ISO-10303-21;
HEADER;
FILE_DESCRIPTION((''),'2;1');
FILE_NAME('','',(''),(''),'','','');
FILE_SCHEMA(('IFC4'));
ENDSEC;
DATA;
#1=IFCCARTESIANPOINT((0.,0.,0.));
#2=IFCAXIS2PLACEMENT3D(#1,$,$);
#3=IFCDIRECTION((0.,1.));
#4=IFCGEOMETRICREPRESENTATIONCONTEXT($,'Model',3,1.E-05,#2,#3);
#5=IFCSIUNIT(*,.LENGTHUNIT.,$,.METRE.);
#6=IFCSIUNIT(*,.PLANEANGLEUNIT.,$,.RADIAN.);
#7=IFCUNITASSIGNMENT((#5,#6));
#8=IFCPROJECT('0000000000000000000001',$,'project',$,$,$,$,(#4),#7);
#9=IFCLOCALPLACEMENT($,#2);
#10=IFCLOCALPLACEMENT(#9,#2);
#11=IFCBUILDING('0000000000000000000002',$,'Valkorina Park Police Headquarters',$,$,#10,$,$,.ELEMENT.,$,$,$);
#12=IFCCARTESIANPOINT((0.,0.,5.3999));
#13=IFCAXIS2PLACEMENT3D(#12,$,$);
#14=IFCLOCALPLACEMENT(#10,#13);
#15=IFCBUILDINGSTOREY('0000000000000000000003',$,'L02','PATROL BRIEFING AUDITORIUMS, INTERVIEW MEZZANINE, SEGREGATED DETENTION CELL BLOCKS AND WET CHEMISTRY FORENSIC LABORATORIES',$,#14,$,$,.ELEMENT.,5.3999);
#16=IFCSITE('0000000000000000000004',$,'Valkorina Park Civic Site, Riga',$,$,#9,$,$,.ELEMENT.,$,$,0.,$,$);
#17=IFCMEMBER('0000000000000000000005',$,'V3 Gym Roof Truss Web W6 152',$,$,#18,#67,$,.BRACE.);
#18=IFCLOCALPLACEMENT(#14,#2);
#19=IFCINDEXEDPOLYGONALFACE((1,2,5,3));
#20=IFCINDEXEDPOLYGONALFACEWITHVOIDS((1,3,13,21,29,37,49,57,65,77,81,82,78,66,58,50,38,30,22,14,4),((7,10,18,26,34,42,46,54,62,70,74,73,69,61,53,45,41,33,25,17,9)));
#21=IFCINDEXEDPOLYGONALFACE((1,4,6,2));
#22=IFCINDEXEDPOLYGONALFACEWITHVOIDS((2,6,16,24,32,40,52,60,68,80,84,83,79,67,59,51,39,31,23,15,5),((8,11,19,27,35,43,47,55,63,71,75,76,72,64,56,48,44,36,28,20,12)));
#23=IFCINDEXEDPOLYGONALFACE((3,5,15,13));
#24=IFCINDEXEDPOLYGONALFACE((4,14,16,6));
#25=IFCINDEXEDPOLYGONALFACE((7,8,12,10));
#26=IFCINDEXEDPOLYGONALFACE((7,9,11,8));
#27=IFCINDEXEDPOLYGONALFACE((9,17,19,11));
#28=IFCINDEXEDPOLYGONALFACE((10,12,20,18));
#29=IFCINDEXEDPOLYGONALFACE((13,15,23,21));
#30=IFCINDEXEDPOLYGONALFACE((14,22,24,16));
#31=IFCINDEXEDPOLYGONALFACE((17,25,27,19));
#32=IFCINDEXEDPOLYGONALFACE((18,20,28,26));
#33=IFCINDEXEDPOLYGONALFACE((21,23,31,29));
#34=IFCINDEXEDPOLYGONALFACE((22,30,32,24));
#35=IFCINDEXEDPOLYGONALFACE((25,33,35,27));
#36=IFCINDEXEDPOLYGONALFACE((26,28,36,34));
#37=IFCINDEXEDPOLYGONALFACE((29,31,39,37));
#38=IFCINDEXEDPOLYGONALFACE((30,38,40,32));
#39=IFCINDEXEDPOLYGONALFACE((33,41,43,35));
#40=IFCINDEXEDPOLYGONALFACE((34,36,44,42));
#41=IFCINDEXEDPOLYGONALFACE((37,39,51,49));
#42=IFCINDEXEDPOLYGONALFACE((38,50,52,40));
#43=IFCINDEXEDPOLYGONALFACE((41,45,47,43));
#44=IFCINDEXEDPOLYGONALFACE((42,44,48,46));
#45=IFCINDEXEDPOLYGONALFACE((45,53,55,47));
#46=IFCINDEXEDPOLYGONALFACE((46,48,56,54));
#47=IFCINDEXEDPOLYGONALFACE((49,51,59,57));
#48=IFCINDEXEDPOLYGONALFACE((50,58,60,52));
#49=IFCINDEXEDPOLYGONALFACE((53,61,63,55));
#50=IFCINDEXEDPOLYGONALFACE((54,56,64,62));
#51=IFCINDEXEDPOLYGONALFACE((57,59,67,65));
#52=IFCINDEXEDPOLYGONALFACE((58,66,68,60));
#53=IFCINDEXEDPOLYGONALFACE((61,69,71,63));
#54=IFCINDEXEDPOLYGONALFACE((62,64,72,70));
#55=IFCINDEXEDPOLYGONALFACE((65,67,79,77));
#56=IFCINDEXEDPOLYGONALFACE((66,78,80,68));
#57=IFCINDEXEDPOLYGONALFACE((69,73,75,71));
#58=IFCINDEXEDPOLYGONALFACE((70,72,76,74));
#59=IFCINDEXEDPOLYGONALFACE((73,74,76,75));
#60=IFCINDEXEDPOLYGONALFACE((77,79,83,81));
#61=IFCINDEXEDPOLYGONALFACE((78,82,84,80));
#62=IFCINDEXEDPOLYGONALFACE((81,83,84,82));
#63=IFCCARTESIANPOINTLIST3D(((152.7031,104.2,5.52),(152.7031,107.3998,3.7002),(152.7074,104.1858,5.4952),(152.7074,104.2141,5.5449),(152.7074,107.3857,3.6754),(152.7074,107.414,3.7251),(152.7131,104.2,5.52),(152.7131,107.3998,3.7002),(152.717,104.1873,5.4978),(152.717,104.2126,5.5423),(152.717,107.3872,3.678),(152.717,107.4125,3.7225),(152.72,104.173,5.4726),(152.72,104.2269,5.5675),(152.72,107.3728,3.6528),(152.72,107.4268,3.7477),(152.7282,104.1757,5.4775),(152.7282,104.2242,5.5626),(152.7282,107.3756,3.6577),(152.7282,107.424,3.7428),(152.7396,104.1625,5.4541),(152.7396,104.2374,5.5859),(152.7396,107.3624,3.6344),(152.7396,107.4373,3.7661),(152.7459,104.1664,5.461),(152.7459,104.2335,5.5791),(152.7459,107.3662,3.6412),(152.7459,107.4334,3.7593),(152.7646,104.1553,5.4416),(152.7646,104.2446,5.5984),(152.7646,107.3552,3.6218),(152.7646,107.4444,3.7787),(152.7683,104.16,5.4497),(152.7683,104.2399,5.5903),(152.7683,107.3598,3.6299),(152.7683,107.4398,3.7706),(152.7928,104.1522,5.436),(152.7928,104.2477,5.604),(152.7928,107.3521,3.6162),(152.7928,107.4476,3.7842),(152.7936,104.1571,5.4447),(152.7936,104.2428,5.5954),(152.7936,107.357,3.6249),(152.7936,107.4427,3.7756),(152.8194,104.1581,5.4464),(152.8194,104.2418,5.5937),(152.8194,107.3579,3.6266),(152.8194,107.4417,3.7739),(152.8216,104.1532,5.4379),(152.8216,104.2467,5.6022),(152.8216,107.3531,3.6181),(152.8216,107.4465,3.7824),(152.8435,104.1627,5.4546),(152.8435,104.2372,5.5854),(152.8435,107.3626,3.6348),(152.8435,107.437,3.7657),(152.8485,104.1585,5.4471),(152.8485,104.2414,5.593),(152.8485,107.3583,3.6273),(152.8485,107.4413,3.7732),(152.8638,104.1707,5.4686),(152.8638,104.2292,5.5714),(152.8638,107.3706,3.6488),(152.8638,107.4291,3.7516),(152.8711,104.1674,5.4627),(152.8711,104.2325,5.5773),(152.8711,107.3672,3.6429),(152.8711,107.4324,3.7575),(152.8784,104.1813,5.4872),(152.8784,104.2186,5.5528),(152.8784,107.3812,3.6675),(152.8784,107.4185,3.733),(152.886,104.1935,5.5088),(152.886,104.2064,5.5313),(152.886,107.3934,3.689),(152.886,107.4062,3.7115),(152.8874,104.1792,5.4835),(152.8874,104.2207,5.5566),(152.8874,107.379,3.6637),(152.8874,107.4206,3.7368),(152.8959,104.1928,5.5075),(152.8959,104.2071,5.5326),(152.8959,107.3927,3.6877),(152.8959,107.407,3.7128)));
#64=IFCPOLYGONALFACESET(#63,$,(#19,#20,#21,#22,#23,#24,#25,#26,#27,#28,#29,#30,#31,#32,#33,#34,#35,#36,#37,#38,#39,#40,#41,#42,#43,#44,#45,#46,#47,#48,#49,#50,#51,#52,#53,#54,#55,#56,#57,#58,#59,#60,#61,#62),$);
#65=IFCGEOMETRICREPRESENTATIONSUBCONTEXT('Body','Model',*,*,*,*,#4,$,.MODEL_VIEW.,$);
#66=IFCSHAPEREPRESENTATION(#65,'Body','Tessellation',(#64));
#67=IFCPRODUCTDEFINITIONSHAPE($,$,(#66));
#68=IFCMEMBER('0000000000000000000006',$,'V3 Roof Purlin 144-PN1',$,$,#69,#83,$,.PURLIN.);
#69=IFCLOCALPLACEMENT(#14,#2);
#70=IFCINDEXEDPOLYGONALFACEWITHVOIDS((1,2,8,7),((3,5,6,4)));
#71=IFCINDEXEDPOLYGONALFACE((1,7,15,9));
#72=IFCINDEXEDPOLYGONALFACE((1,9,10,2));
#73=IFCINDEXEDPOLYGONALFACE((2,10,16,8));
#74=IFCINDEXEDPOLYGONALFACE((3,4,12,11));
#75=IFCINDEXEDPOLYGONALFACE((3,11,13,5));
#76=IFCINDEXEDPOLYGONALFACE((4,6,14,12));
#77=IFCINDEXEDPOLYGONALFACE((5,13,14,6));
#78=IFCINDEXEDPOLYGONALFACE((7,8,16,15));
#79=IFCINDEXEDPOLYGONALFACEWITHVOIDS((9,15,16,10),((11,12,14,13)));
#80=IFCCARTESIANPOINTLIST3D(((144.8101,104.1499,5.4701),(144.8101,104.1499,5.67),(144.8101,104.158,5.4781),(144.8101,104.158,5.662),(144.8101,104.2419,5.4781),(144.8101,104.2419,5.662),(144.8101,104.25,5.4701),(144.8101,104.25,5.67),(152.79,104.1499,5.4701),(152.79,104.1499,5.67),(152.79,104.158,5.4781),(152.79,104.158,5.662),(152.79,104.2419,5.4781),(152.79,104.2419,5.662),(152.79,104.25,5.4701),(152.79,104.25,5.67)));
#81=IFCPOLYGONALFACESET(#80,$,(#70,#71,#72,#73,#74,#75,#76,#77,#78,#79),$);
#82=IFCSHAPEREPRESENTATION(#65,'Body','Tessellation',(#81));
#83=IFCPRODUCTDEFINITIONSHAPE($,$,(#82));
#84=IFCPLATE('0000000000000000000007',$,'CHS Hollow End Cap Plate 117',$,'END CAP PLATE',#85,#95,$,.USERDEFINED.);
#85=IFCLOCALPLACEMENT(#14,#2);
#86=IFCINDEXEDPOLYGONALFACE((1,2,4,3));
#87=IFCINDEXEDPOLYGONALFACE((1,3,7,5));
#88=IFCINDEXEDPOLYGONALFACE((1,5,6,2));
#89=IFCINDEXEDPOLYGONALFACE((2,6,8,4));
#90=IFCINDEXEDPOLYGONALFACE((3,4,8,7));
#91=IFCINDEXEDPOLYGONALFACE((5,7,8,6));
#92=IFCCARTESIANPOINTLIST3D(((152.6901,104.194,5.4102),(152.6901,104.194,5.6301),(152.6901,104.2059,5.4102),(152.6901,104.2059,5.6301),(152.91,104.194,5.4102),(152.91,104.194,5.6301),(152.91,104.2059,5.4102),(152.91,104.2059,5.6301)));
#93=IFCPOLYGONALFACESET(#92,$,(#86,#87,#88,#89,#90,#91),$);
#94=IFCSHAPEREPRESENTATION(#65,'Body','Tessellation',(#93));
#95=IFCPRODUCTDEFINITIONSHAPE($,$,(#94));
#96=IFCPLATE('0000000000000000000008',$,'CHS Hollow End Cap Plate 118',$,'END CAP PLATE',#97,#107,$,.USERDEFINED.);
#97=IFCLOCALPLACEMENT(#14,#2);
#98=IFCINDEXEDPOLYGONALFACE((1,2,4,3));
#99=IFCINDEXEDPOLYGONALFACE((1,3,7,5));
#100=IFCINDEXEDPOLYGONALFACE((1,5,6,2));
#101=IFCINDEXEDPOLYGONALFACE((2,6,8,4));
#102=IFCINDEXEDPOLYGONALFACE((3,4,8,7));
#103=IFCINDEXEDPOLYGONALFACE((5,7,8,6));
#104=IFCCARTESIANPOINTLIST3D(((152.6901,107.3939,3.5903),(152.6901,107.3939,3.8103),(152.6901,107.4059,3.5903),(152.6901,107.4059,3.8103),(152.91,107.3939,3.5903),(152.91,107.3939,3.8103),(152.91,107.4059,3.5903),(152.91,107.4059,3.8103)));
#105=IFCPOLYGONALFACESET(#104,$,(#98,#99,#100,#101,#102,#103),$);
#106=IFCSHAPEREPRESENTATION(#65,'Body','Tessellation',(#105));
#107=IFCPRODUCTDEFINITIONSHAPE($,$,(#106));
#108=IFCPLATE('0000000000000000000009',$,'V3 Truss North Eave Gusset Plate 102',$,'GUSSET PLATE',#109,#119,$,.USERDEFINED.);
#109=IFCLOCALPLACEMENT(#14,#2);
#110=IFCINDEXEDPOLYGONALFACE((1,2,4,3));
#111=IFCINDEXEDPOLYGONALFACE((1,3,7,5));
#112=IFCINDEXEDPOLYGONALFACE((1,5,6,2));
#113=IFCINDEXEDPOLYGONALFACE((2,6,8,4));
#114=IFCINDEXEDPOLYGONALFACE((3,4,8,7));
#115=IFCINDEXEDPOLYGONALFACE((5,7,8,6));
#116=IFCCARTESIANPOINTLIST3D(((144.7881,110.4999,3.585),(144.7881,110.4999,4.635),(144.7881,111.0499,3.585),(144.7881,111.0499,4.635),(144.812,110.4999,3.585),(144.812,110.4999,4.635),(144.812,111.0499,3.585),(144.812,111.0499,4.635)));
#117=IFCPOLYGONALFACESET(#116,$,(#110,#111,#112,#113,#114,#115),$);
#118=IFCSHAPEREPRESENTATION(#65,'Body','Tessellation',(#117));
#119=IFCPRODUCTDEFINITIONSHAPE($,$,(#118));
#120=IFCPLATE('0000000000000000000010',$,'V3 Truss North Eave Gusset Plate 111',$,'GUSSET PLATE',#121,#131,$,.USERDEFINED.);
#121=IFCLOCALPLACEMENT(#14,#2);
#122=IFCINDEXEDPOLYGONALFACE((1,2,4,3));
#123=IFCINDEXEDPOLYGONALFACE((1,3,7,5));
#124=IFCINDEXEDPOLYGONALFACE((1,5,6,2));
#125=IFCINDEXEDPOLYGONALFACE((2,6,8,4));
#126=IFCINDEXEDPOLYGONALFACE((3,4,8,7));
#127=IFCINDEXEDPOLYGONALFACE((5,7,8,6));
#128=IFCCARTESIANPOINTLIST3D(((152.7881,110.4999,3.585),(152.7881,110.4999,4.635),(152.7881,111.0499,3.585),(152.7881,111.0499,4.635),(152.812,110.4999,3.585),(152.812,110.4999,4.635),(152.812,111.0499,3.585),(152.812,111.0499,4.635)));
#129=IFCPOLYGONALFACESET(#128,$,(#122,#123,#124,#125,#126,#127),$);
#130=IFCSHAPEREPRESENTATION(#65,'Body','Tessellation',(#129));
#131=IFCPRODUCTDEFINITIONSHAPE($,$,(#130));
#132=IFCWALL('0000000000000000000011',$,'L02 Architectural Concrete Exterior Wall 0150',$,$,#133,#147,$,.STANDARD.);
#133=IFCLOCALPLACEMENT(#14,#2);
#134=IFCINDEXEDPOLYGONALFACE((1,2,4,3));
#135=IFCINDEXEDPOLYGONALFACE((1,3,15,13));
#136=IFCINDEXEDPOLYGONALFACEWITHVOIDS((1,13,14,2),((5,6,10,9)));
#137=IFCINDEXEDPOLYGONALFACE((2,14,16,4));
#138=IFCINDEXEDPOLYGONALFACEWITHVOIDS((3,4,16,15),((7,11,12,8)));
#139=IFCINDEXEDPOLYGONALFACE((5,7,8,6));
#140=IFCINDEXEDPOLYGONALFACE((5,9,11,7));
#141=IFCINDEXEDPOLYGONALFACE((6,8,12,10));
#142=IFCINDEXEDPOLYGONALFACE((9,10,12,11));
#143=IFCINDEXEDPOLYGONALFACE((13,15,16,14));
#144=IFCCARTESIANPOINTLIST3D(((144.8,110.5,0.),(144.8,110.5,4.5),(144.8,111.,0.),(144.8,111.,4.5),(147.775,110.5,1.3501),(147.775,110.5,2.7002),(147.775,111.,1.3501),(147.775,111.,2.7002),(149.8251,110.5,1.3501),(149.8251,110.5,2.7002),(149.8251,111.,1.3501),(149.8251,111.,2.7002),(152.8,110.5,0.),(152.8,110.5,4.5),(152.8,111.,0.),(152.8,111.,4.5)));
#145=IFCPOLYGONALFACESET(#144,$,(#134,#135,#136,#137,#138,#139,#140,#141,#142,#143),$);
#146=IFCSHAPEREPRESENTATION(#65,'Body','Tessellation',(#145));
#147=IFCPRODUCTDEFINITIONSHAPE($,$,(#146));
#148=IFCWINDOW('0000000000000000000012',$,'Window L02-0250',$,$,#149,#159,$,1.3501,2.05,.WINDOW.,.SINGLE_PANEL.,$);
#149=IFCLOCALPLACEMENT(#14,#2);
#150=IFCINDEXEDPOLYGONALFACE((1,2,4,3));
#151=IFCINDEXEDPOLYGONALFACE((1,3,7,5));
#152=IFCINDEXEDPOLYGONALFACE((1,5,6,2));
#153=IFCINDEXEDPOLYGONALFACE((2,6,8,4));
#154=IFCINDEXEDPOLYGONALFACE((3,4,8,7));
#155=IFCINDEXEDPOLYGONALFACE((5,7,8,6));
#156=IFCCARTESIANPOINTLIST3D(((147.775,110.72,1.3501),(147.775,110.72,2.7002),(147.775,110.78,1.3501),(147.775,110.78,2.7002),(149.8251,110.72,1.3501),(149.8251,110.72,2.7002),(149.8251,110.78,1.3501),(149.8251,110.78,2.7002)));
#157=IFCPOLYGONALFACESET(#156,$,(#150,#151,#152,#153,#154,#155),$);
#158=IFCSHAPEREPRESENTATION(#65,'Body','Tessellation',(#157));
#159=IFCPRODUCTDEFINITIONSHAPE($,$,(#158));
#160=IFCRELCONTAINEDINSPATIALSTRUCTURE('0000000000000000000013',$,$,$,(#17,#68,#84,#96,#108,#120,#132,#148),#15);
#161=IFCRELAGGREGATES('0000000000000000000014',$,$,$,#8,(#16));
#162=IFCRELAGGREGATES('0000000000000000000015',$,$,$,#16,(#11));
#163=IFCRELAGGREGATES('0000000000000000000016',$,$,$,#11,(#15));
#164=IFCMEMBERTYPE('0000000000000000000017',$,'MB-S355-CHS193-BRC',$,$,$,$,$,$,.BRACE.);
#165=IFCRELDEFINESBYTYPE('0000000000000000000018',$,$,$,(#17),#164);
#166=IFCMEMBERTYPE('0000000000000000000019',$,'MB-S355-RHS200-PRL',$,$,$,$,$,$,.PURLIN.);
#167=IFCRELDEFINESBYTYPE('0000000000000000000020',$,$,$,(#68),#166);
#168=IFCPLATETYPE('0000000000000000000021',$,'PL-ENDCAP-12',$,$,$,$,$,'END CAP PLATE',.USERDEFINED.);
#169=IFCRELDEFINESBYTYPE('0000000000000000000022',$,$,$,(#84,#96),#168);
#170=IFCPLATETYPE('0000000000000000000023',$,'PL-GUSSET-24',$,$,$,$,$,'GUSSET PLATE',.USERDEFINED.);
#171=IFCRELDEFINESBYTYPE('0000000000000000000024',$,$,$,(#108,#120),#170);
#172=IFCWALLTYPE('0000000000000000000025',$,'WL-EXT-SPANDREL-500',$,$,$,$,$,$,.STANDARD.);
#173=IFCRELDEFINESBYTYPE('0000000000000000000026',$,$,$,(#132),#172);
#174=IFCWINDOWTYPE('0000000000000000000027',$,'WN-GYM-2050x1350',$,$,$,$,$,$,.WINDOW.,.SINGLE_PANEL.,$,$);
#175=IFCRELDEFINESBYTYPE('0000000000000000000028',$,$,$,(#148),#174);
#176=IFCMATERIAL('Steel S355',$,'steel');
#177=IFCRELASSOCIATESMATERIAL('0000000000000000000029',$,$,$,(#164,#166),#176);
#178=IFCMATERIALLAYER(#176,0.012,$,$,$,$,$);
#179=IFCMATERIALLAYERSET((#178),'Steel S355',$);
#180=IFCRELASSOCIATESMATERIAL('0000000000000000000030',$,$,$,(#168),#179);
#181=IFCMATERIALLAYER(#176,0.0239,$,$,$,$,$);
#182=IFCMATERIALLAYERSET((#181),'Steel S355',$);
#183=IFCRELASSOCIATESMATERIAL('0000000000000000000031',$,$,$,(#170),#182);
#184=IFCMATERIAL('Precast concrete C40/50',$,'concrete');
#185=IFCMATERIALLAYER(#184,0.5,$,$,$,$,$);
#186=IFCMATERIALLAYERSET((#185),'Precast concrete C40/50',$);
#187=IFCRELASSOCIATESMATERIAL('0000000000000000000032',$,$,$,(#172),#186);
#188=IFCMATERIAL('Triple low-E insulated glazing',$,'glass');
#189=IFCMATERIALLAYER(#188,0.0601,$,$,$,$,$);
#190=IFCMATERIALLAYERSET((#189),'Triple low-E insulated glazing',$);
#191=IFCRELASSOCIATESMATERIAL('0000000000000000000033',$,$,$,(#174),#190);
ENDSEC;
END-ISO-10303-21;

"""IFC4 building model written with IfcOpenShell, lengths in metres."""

from ifc_helpers import new_model, si_unit, direction, frame, frame_2d, origin, origin_2d, place, context, subcontext, project, spatial, rectangle, hollow_rectangle, hollow_circle, extrude, material, layer, layer_set, material_profile, profile_set, type_object, element, fill, save


model = new_model("IFC4")

# Units and contexts
model_context = context("Model", 3, precision=1e-05, world=origin(), true_north=direction((0.0, 1.0)))
body_context = subcontext(model_context, "Body", "Model", "MODEL_VIEW")
ifc_project = project(units=[si_unit("LENGTHUNIT", "METRE"), si_unit("PLANEANGLEUNIT", "RADIAN")], contexts=[model_context])

# Site, building, storey
site_placement = place(None, origin())
site = spatial("IfcSite", under=ifc_project, at=site_placement, Name="Valkorina Park Civic Site, Riga", CompositionType="ELEMENT", RefElevation=0.0)
building_placement = place(site_placement, origin())
building = spatial("IfcBuilding", under=site, at=building_placement, Name="Valkorina Park Police Headquarters", CompositionType="ELEMENT")
storey_placement = place(building_placement, frame((0.0, 0.0, 5.3999)))
storey = spatial("IfcBuildingStorey", under=building, at=storey_placement, Name="L02", Description="PATROL BRIEFING AUDITORIUMS, INTERVIEW MEZZANINE, SEGREGATED DETENTION CELL BLOCKS AND WET CHEMISTRY FORENSIC LABORATORIES", CompositionType="ELEMENT", Elevation=5.3999)

# Shared definitions
ifc_material_1 = material(Name="Steel S355", Category="steel")

# Members
ifc_material_profile_1 = material_profile(ifc_material_1, hollow_circle(Radius=0.0969, WallThickness=0.01, at=origin_2d()), Name="CHS 193.7x10")
ifc_profile_set_1 = profile_set([ifc_material_profile_1], Name="Steel S355")
member_type_1 = type_object("IfcMemberType", Name="MB-S355-CHS193-BRC", PredefinedType="BRACE", material=ifc_profile_set_1)
member_1_placement = place(storey_placement, frame((152.8, 104.2, 5.52), z_axis=(0.0, 0.869262, -0.494352), x_axis=(-1.0, 0.0, 0.0)))
element("IfcMember", 1, at=member_1_placement, inside=storey, type_object=member_type_1, Name="V3 Gym Roof Truss Web W6 152", PredefinedType="BRACE", context=body_context, shape_type="SweptSolid", body=[
    extrude(hollow_circle(Radius=0.0969, WallThickness=0.01, at=origin_2d()), origin(), (0.0, 0.0, 1.0), 3.6812),
])
ifc_material_profile_2 = material_profile(ifc_material_1, hollow_rectangle(XDim=0.1001, YDim=0.2, WallThickness=0.0081, at=origin_2d()), Name="RHS 200x100x8")
ifc_profile_set_2 = profile_set([ifc_material_profile_2], Name="Steel S355")
member_type_2 = type_object("IfcMemberType", Name="MB-S355-RHS200-PRL", PredefinedType="PURLIN", material=ifc_profile_set_2)
member_2_placement = place(storey_placement, frame((144.8101, 104.2, 5.5701), z_axis=(1.0, 0.0, 0.0), x_axis=(0.0, 1.0, 0.0)))
element("IfcMember", 2, at=member_2_placement, inside=storey, type_object=member_type_2, Name="V3 Roof Purlin 144-PN1", PredefinedType="PURLIN", context=body_context, shape_type="SweptSolid", body=[
    extrude(hollow_rectangle(XDim=0.1001, YDim=0.2, WallThickness=0.0081, at=origin_2d()), origin(), (0.0, 0.0, 1.0), 7.98),
])

# Plates
ifc_layer_1 = layer(ifc_material_1, 0.012)
ifc_layer_set_1 = layer_set([ifc_layer_1], Name="Steel S355")
plate_type_1 = type_object("IfcPlateType", Name="PL-ENDCAP-12", ElementType="END CAP PLATE", PredefinedType="USERDEFINED", material=ifc_layer_set_1)
for number, where, z_axis, x_axis, name in (
    (3, (152.8, 104.2, 5.4102), (0.0, 0.0, 1.0), (1.0, 0.0, 0.0), "CHS Hollow End Cap Plate 117"),
    (4, (152.8, 107.3999, 3.5903), (0.0, 0.0, 1.0), (1.0, 0.0, 0.0), "CHS Hollow End Cap Plate 118"),
):
    element("IfcPlate", number, at=place(storey_placement, frame(where, z_axis=z_axis, x_axis=x_axis)), inside=storey, type_object=plate_type_1, Name=name, ObjectType="END CAP PLATE", PredefinedType="USERDEFINED", context=body_context, shape_type="SweptSolid", body=[
        extrude(rectangle(XDim=0.22, YDim=0.012, at=origin_2d()), origin(), (0.0, 0.0, 1.0), 0.22),
    ])
ifc_layer_2 = layer(ifc_material_1, 0.0239)
ifc_layer_set_2 = layer_set([ifc_layer_2], Name="Steel S355")
plate_type_2 = type_object("IfcPlateType", Name="PL-GUSSET-24", ElementType="GUSSET PLATE", PredefinedType="USERDEFINED", material=ifc_layer_set_2)
for number, where, z_axis, x_axis, name in (
    (5, (144.8, 110.7749, 3.585), (0.0, 0.0, 1.0), (1.0, 0.0, 0.0), "V3 Truss North Eave Gusset Plate 102"),
    (6, (152.8, 110.7749, 3.585), (0.0, 0.0, 1.0), (1.0, 0.0, 0.0), "V3 Truss North Eave Gusset Plate 111"),
):
    element("IfcPlate", number, at=place(storey_placement, frame(where, z_axis=z_axis, x_axis=x_axis)), inside=storey, type_object=plate_type_2, Name=name, ObjectType="GUSSET PLATE", PredefinedType="USERDEFINED", context=body_context, shape_type="SweptSolid", body=[
        extrude(rectangle(XDim=0.0239, YDim=0.55, at=origin_2d()), origin(), (0.0, 0.0, 1.0), 1.05),
    ])

# Wall, opening, window
ifc_material_2 = material(Name="Precast concrete C40/50", Category="concrete")
ifc_layer_3 = layer(ifc_material_2, 0.5)
ifc_layer_set_3 = layer_set([ifc_layer_3], Name="Precast concrete C40/50")
wall_type = type_object("IfcWallType", Name="WL-EXT-SPANDREL-500", PredefinedType="STANDARD", material=ifc_layer_set_3)
wall_1_placement = place(storey_placement, frame((144.8, 110.75, 0.0), z_axis=(0.0, 0.0, 1.0), x_axis=(1.0, 0.0, 0.0)))
wall_1 = element("IfcWall", 7, at=wall_1_placement, inside=storey, type_object=wall_type, Name="L02 Architectural Concrete Exterior Wall 0150", PredefinedType="STANDARD", context=body_context, shape_type="SweptSolid", body=[
    extrude(rectangle(XDim=8.0, YDim=0.5, at=frame_2d((4.0, 0.0))), origin(), (0.0, 0.0, 1.0), 4.5),
])
opening_1_placement = place(wall_1_placement, frame((2.9751, 0.0, 1.3501)))
opening_1 = element("IfcOpeningElement", 8, at=opening_1_placement, cuts=wall_1, PredefinedType="OPENING", context=body_context, shape_type="SweptSolid", body=[
    extrude(rectangle(XDim=2.05, YDim=1.3501, at=frame_2d((1.0249, 0.675))), frame((0.0, 0.26, 0.0), z_axis=(0.0, -1.0, 0.0), x_axis=(1.0, 0.0, 0.0)), (0.0, 0.0, 1.0), 0.52),
])
ifc_material_3 = material(Name="Triple low-E insulated glazing", Category="glass")
ifc_layer_4 = layer(ifc_material_3, 0.0601)
ifc_layer_set_4 = layer_set([ifc_layer_4], Name="Triple low-E insulated glazing")
window_type_1 = type_object("IfcWindowType", Name="WN-GYM-2050x1350", PartitioningType="SINGLE_PANEL", PredefinedType="WINDOW", material=ifc_layer_set_4)
window_1_placement = place(opening_1_placement, origin())
window_1 = element("IfcWindow", 9, at=window_1_placement, inside=storey, type_object=window_type_1, Name="Window L02-0250", OverallHeight=1.3501, OverallWidth=2.05, PartitioningType="SINGLE_PANEL", PredefinedType="WINDOW", context=body_context, shape_type="SweptSolid", body=[
    extrude(rectangle(XDim=2.05, YDim=1.3501, at=frame_2d((1.0249, 0.675))), frame((0.0, 0.03, 0.0), z_axis=(0.0, -1.0, 0.0), x_axis=(1.0, 0.0, 0.0)), (0.0, 0.0, 1.0), 0.0601),
])
fill(opening_1, window_1)

save(model, "model.ifc")
